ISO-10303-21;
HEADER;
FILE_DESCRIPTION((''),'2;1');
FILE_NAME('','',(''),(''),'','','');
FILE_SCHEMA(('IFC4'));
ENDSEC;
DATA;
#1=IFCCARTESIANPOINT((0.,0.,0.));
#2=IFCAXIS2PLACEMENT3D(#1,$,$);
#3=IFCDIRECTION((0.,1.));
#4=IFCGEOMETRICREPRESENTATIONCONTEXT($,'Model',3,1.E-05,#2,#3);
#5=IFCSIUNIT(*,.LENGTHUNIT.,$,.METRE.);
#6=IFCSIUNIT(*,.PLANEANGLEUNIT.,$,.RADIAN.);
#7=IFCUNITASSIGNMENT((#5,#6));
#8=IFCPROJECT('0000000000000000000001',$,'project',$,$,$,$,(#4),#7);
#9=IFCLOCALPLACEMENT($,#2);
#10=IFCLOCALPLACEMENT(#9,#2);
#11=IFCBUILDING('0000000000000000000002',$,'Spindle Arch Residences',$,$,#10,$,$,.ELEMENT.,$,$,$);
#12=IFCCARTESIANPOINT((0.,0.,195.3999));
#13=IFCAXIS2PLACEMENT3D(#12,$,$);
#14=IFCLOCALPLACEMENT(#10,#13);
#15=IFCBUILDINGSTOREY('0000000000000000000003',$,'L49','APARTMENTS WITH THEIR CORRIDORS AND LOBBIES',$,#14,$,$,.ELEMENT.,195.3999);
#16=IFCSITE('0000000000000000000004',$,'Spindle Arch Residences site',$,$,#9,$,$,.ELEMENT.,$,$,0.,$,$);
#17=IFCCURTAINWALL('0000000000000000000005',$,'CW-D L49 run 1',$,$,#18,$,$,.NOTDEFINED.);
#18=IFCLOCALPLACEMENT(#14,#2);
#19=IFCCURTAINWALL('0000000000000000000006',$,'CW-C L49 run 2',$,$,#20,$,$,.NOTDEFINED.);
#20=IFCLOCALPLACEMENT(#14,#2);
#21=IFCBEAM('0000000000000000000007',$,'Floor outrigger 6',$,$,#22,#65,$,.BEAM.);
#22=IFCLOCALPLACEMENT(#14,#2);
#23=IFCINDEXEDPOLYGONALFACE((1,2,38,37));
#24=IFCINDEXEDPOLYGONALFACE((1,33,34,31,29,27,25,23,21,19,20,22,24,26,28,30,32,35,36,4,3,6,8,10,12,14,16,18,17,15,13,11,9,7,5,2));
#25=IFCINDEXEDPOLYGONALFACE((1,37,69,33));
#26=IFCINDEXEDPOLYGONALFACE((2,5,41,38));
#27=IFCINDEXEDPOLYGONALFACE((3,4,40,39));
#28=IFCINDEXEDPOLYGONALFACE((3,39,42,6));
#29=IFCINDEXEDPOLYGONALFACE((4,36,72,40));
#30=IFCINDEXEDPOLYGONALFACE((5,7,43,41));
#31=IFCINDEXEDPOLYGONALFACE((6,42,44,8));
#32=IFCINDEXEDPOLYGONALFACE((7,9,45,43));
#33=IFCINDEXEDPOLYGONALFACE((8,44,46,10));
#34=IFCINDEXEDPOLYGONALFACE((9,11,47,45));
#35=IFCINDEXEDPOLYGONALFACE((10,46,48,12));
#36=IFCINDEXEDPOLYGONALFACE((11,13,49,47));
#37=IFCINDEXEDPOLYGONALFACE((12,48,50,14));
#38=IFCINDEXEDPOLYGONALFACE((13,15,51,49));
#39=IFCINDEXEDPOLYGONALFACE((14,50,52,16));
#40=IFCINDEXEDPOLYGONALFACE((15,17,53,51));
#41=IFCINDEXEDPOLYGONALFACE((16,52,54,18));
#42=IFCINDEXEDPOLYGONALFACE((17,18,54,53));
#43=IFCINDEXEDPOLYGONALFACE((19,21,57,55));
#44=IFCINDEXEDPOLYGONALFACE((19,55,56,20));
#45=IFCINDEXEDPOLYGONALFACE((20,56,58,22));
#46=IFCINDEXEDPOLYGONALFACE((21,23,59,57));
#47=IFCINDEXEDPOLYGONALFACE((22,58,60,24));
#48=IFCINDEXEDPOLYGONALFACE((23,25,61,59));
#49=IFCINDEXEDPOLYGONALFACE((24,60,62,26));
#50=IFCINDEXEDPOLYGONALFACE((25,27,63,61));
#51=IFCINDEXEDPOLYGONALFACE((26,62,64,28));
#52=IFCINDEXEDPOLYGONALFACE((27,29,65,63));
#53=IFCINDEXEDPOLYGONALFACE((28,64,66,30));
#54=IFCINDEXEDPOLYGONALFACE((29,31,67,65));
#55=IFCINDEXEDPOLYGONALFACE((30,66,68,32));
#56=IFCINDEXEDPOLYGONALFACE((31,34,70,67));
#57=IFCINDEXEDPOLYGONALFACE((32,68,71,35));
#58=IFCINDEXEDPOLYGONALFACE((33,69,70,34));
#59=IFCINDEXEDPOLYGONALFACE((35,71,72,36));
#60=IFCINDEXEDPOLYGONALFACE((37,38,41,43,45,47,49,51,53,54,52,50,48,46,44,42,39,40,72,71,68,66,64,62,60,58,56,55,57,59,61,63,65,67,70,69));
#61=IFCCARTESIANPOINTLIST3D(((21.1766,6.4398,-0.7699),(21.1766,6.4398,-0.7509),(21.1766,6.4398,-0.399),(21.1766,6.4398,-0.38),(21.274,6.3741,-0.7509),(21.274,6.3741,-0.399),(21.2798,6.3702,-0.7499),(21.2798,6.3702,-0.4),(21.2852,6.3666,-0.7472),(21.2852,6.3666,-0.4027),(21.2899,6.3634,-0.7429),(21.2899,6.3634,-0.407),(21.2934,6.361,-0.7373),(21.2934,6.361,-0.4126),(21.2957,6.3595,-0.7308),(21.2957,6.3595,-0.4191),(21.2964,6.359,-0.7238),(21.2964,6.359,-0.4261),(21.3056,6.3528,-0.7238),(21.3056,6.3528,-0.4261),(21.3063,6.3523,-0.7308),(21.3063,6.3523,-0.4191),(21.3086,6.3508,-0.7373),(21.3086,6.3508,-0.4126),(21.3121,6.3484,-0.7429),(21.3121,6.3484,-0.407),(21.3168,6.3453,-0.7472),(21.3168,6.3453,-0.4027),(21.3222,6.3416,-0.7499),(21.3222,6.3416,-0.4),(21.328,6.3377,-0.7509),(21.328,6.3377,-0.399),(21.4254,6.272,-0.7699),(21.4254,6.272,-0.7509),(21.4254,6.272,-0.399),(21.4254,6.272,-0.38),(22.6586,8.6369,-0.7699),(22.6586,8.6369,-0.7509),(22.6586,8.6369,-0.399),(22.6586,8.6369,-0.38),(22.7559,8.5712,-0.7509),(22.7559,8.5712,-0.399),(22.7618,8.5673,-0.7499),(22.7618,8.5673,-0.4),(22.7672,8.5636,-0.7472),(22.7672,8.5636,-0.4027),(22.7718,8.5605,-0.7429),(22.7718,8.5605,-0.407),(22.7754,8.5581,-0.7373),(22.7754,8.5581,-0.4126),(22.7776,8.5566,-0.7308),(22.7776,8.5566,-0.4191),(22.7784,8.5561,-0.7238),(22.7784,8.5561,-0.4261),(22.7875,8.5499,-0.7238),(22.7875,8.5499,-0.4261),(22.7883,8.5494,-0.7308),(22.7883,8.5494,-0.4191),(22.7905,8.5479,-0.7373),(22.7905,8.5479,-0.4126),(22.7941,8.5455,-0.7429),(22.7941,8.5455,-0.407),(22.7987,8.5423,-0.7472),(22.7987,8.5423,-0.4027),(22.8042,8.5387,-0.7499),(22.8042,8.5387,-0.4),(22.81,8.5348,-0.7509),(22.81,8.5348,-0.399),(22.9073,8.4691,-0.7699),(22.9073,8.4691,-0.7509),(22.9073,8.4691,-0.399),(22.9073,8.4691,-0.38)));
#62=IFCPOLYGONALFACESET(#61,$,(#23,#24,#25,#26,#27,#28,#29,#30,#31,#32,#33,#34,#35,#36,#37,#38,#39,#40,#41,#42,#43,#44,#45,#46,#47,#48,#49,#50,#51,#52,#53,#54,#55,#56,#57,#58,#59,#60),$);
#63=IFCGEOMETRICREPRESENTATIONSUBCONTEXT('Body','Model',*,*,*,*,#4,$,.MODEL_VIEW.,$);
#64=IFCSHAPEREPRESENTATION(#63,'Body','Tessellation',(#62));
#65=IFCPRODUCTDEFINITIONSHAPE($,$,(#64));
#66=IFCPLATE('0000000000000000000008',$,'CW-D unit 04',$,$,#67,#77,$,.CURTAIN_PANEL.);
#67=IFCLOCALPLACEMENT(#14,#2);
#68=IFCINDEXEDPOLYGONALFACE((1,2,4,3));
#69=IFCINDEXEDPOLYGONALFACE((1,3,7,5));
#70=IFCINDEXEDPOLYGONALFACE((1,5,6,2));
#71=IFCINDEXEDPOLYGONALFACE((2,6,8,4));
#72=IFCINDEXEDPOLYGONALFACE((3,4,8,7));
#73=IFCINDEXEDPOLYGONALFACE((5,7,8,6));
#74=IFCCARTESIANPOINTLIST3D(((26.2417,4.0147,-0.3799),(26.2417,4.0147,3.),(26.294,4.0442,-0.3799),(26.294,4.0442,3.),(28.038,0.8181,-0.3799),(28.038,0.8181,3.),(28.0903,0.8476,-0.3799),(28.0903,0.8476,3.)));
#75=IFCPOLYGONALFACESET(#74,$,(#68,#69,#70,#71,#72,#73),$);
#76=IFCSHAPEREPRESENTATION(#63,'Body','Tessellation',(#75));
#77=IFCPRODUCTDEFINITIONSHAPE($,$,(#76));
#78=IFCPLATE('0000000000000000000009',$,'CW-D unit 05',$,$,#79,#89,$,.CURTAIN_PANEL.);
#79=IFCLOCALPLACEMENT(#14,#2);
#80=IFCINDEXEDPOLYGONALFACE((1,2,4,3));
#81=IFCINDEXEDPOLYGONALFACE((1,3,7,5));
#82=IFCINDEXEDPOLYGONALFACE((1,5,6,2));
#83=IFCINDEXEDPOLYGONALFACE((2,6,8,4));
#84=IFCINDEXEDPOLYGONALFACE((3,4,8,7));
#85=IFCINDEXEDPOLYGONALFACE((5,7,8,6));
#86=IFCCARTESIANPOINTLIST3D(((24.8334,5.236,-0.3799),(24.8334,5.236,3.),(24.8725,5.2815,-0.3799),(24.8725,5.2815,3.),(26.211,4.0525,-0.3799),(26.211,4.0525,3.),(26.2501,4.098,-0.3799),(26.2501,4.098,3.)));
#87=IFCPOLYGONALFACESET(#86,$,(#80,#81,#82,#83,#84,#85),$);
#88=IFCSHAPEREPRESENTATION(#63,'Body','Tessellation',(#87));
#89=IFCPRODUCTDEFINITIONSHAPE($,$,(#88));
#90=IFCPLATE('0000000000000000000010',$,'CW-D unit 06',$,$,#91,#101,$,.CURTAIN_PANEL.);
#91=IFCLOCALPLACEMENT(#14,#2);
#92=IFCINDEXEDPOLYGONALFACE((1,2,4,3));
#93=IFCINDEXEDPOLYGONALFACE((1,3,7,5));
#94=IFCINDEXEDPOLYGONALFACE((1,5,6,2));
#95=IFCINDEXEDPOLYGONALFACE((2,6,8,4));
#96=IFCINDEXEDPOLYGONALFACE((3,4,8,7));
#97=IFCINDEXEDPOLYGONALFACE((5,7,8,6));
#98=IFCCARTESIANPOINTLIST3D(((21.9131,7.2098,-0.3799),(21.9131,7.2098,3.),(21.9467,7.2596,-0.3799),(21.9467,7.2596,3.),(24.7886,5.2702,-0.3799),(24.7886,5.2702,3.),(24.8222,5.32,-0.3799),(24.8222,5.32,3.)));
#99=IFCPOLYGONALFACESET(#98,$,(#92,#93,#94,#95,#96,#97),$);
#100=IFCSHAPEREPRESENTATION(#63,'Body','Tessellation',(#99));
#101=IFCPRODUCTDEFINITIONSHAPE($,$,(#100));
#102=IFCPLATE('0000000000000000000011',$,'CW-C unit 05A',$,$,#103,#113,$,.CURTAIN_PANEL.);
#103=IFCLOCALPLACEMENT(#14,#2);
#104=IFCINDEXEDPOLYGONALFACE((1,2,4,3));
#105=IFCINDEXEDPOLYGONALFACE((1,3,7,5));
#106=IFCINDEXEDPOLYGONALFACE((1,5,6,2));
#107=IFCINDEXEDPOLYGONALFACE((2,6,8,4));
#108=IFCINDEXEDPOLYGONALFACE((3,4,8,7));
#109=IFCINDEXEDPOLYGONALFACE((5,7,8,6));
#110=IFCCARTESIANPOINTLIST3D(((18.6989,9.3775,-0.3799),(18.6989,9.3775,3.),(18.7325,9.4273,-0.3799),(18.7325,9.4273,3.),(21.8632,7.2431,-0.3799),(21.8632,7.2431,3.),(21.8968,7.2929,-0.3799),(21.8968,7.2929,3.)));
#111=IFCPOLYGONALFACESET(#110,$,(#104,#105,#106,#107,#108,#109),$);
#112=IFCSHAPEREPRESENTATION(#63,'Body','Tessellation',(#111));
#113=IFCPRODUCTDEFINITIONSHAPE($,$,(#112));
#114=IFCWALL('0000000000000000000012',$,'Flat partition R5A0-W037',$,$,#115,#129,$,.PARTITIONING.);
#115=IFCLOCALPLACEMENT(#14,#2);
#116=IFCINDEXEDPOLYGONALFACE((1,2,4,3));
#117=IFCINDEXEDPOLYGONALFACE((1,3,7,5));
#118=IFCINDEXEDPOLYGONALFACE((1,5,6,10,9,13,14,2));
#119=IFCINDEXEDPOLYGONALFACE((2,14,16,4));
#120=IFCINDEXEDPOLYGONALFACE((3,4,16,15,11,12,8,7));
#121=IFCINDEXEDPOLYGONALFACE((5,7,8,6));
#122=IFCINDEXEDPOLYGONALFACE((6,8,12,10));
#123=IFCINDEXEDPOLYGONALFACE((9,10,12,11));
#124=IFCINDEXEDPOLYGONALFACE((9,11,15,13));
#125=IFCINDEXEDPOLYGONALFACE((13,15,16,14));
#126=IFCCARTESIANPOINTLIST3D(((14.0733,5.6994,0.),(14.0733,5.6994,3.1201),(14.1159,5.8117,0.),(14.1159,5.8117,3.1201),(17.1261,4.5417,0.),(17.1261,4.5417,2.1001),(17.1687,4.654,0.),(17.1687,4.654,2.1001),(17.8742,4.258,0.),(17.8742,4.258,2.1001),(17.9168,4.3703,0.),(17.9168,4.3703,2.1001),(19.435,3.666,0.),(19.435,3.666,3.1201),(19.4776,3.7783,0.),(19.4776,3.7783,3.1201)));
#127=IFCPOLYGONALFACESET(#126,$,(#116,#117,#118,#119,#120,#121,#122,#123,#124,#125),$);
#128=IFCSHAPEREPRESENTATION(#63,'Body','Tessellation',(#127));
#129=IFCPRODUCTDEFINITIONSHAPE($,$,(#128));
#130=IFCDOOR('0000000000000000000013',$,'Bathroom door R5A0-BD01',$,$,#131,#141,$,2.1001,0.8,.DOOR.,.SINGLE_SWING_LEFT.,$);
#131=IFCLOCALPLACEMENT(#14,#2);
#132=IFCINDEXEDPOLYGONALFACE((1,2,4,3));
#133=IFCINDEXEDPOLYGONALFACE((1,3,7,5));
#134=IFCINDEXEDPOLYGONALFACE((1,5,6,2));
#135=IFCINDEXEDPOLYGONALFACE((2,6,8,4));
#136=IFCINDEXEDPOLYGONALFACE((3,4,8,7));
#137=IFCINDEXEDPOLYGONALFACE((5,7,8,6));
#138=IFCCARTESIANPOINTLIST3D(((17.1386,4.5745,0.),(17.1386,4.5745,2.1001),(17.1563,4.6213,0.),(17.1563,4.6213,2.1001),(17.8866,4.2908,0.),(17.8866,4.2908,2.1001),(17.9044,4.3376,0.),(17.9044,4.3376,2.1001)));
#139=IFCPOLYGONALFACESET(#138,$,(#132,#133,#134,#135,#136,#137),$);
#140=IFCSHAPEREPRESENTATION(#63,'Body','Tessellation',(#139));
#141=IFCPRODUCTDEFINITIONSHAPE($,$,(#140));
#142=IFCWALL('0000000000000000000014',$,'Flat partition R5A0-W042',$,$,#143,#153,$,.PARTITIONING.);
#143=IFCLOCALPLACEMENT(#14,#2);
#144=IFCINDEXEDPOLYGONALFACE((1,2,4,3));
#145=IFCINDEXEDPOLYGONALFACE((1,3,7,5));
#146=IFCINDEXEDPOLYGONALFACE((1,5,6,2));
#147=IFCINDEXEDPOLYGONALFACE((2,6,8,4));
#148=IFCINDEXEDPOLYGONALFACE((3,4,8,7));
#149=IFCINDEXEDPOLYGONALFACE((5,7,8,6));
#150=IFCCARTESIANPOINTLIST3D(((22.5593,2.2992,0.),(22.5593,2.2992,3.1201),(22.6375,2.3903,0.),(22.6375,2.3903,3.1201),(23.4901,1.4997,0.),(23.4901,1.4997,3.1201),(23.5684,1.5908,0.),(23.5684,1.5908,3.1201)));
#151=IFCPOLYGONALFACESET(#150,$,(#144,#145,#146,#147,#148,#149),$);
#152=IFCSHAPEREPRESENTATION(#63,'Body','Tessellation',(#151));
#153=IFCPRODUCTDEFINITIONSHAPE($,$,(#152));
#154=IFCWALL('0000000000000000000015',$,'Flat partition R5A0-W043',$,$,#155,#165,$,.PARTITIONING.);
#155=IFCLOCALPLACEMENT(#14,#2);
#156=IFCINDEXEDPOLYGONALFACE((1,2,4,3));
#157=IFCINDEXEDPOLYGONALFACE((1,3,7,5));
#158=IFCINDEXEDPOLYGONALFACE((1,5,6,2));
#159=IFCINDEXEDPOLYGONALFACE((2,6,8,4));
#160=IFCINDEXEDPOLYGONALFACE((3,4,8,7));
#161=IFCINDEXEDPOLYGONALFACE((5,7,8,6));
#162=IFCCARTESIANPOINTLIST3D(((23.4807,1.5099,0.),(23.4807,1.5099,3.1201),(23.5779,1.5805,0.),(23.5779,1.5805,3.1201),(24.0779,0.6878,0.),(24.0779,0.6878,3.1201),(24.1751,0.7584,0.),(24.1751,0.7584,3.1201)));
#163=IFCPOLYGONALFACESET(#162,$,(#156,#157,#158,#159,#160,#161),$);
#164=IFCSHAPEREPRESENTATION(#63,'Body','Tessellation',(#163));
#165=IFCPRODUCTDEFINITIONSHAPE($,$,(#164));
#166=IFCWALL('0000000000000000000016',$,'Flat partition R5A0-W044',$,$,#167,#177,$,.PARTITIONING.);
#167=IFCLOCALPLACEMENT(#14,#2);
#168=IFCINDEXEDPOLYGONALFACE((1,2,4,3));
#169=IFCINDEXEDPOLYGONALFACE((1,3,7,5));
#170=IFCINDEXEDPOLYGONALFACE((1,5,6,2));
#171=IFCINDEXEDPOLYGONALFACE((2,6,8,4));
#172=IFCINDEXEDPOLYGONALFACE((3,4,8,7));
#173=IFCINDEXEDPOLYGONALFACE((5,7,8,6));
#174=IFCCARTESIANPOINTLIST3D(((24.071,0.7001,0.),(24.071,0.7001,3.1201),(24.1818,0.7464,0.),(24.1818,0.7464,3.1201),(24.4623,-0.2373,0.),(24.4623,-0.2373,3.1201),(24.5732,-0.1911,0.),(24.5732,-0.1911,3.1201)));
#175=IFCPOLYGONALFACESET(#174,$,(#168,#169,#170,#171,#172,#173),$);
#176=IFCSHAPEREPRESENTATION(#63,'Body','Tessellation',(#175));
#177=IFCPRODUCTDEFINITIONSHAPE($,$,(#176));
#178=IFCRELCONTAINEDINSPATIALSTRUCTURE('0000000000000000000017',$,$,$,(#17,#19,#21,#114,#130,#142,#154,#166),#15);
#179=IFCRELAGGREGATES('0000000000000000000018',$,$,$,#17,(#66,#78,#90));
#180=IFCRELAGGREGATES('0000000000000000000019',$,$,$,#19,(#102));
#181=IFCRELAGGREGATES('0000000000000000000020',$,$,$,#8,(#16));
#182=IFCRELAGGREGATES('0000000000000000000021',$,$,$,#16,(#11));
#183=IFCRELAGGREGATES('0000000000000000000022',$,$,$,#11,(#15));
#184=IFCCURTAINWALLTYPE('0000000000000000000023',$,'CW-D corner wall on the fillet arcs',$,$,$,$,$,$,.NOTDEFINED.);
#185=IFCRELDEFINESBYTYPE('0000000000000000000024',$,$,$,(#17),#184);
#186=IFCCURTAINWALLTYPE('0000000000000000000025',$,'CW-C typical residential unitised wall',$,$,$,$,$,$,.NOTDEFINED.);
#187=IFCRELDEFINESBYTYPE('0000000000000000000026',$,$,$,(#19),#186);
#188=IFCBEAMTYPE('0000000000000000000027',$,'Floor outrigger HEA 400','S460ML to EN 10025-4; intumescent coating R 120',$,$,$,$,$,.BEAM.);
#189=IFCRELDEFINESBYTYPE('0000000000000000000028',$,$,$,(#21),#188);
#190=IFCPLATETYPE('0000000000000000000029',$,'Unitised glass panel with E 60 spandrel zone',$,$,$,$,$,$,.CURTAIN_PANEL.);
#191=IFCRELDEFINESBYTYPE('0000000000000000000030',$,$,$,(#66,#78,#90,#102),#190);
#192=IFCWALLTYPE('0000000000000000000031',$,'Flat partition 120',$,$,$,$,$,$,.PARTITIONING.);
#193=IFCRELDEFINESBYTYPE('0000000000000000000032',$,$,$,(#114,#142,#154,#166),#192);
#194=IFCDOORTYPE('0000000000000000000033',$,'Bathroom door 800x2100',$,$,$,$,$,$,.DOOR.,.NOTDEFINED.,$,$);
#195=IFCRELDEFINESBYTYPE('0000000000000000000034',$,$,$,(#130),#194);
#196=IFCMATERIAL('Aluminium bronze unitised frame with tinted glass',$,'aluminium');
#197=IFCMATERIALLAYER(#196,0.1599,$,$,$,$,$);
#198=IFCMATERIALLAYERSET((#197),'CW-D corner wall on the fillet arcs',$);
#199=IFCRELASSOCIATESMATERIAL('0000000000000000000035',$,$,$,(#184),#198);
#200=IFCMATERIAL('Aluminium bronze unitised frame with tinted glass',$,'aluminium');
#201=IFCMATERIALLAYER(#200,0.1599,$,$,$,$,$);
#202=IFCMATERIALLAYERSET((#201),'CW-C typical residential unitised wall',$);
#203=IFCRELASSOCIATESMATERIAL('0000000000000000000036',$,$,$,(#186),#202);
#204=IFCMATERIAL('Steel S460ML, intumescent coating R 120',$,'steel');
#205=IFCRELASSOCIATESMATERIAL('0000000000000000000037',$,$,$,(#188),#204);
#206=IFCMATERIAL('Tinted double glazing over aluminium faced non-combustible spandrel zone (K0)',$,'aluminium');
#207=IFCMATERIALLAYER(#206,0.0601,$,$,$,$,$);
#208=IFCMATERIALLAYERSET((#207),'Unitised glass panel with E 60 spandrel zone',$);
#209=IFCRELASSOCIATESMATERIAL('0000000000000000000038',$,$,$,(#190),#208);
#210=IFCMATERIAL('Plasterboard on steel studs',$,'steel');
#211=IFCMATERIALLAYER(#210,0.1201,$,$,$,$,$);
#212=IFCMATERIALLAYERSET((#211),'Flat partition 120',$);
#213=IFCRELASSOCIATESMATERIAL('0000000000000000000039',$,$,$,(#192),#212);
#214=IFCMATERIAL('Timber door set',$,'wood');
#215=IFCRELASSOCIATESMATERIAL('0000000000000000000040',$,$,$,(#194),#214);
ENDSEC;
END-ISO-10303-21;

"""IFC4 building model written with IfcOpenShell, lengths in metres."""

from ifc_helpers import new_model, si_unit, direction, frame, frame_2d, origin, origin_2d, place, context, subcontext, project, spatial, rectangle, i_section, extrude, material, layer, layer_set, material_profile, profile_set, type_object, element, fill, aggregate, save


model = new_model("IFC4")

# Units and contexts
model_context = context("Model", 3, precision=1e-05, world=origin(), true_north=direction((0.0, 1.0)))
body_context = subcontext(model_context, "Body", "Model", "MODEL_VIEW")
ifc_project = project(units=[si_unit("LENGTHUNIT", "METRE"), si_unit("PLANEANGLEUNIT", "RADIAN")], contexts=[model_context])

# Site, building, storey
site_placement = place(None, origin())
site = spatial("IfcSite", under=ifc_project, at=site_placement, Name="Spindle Arch Residences site", CompositionType="ELEMENT", RefElevation=0.0)
building_placement = place(site_placement, origin())
building = spatial("IfcBuilding", under=site, at=building_placement, Name="Spindle Arch Residences", CompositionType="ELEMENT")
storey_placement = place(building_placement, frame((0.0, 0.0, 195.3999)))
storey = spatial("IfcBuildingStorey", under=building, at=storey_placement, Name="L49", Description="APARTMENTS WITH THEIR CORRIDORS AND LOBBIES", CompositionType="ELEMENT", Elevation=195.3999)

# Curtain wall
ifc_material_1 = material(Name="Aluminium bronze unitised frame with tinted glass", Category="aluminium")
ifc_layer_1 = layer(ifc_material_1, 0.1599)
ifc_layer_set_1 = layer_set([ifc_layer_1], Name="CW-D corner wall on the fillet arcs")
curtain_wall_type_1 = type_object("IfcCurtainWallType", Name="CW-D corner wall on the fillet arcs", PredefinedType="NOTDEFINED", material=ifc_layer_set_1)
curtain_wall_1_placement = place(storey_placement, origin())
curtain_wall_1 = element("IfcCurtainWall", 1, at=curtain_wall_1_placement, inside=storey, type_object=curtain_wall_type_1, Name="CW-D L49 run 1", PredefinedType="NOTDEFINED")

# Curtain wall
ifc_material_2 = material(Name="Aluminium bronze unitised frame with tinted glass", Category="aluminium")
ifc_layer_2 = layer(ifc_material_2, 0.1599)
ifc_layer_set_2 = layer_set([ifc_layer_2], Name="CW-C typical residential unitised wall")
curtain_wall_type_2 = type_object("IfcCurtainWallType", Name="CW-C typical residential unitised wall", PredefinedType="NOTDEFINED", material=ifc_layer_set_2)
curtain_wall_2_placement = place(storey_placement, origin())
curtain_wall_2 = element("IfcCurtainWall", 2, at=curtain_wall_2_placement, inside=storey, type_object=curtain_wall_type_2, Name="CW-C L49 run 2", PredefinedType="NOTDEFINED")

# Beam
ifc_material_3 = material(Name="Steel S460ML, intumescent coating R 120", Category="steel")
ifc_material_profile_1 = material_profile(ifc_material_3, i_section(OverallWidth=0.3, OverallDepth=0.3899, WebThickness=0.011, FlangeThickness=0.019, FilletRadius=0.0271, at=origin_2d()), Name="HEA 400")
ifc_profile_set_1 = profile_set([ifc_material_profile_1], Name="Steel S460ML, intumescent coating R 120")
beam_type_1 = type_object("IfcBeamType", Name="Floor outrigger HEA 400", Description="S460ML to EN 10025-4; intumescent coating R 120", PredefinedType="BEAM", material=ifc_profile_set_1)
beam_1_placement = place(storey_placement, frame((22.783, 8.553, -0.575), z_axis=(-0.559199, -0.829033, 0.0), x_axis=(0.829033, -0.559199, 0.0)))
element("IfcBeam", 3, at=beam_1_placement, inside=storey, type_object=beam_type_1, Name="Floor outrigger 6", PredefinedType="BEAM", context=body_context, shape_type="SweptSolid", body=[
    extrude(i_section(OverallWidth=0.3, OverallDepth=0.3899, WebThickness=0.011, FlangeThickness=0.019, FilletRadius=0.0271, at=origin_2d()), origin(), (0.0, 0.0, 1.0), 2.6501),
])

# Plates
ifc_material_4 = material(Name="Tinted double glazing over aluminium faced non-combustible spandrel zone (K0)", Category="aluminium")
ifc_layer_3 = layer(ifc_material_4, 0.0601)
ifc_layer_set_3 = layer_set([ifc_layer_3], Name="Unitised glass panel with E 60 spandrel zone")
plate_type = type_object("IfcPlateType", Name="Unitised glass panel with E 60 spandrel zone", PredefinedType="CURTAIN_PANEL", material=ifc_layer_set_3)
plate_1_placement = place(storey_placement, frame((27.166, 2.4312, -0.3799), z_axis=(0.0, 0.0, 1.0), x_axis=(-0.48989, 0.871784, 0.0)))
plate_1 = element("IfcPlate", 4, at=plate_1_placement, type_object=plate_type, Name="CW-D unit 04", PredefinedType="CURTAIN_PANEL", context=body_context, shape_type="SweptSolid", body=[
    extrude(rectangle(XDim=3.6667, YDim=0.0601, at=origin_2d()), origin(), (0.0, 0.0, 1.0), 3.3799),
])
plate_2_placement = place(storey_placement, frame((25.5417, 4.667, -0.3799), z_axis=(0.0, 0.0, 1.0), x_axis=(-0.758514, 0.651657, 0.0)))
plate_2 = element("IfcPlate", 5, at=plate_2_placement, type_object=plate_type, Name="CW-D unit 05", PredefinedType="CURTAIN_PANEL", context=body_context, shape_type="SweptSolid", body=[
    extrude(rectangle(XDim=1.8162, YDim=0.0601, at=origin_2d()), origin(), (0.0, 0.0, 1.0), 3.3799),
])
plate_3_placement = place(storey_placement, frame((23.3677, 6.2649, -0.3799), z_axis=(0.0, 0.0, 1.0), x_axis=(-0.829038, 0.559193, 0.0)))
plate_3 = element("IfcPlate", 6, at=plate_3_placement, type_object=plate_type, Name="CW-D unit 06", PredefinedType="CURTAIN_PANEL", context=body_context, shape_type="SweptSolid", body=[
    extrude(rectangle(XDim=3.4685, YDim=0.0601, at=origin_2d()), origin(), (0.0, 0.0, 1.0), 3.3799),
])
aggregate(curtain_wall_1, [plate_1, plate_2, plate_3])
plate_4_placement = place(storey_placement, frame((20.2979, 8.3352, -0.3799), z_axis=(0.0, 0.0, 1.0), x_axis=(-0.829038, 0.559193, 0.0)))
plate_4 = element("IfcPlate", 7, at=plate_4_placement, type_object=plate_type, Name="CW-C unit 05A", PredefinedType="CURTAIN_PANEL", context=body_context, shape_type="SweptSolid", body=[
    extrude(rectangle(XDim=3.8169, YDim=0.0601, at=origin_2d()), origin(), (0.0, 0.0, 1.0), 3.3799),
])
aggregate(curtain_wall_2, [plate_4])

# Wall, opening, door
ifc_material_5 = material(Name="Plasterboard on steel studs", Category="steel")
ifc_layer_4 = layer(ifc_material_5, 0.1201)
ifc_layer_set_4 = layer_set([ifc_layer_4], Name="Flat partition 120")
wall_type = type_object("IfcWallType", Name="Flat partition 120", PredefinedType="PARTITIONING", material=ifc_layer_set_4)
wall_1_placement = place(storey_placement, frame((19.4563, 3.7222, 0.0), z_axis=(0.0, 0.0, 1.0), x_axis=(-0.935017, 0.354602, 0.0)))
wall_1 = element("IfcWall", 8, at=wall_1_placement, inside=storey, type_object=wall_type, Name="Flat partition R5A0-W037", PredefinedType="PARTITIONING", context=body_context, shape_type="SweptSolid", body=[
    extrude(rectangle(XDim=5.7344, YDim=0.1201, at=frame_2d((2.8672, 0.0))), origin(), (0.0, 0.0, 1.0), 3.1201),
])
opening_1_placement = place(wall_1_placement, frame((1.6694, 0.0, 0.0)))
opening_1 = element("IfcOpeningElement", 9, at=opening_1_placement, cuts=wall_1, PredefinedType="OPENING", context=body_context, shape_type="SweptSolid", body=[
    extrude(rectangle(XDim=0.8, YDim=2.1001, at=frame_2d((0.3999, 1.05))), frame((0.0, 0.0701, 0.0), z_axis=(0.0, -1.0, 0.0), x_axis=(1.0, 0.0, 0.0)), (0.0, 0.0, 1.0), 0.1401),
])
ifc_material_6 = material(Name="Timber door set", Category="wood")
door_type_1 = type_object("IfcDoorType", Name="Bathroom door 800x2100", OperationType="NOTDEFINED", PredefinedType="DOOR", material=ifc_material_6)
door_1_placement = place(opening_1_placement, origin())
door_1 = element("IfcDoor", 10, at=door_1_placement, inside=storey, type_object=door_type_1, Name="Bathroom door R5A0-BD01", OperationType="SINGLE_SWING_LEFT", OverallHeight=2.1001, OverallWidth=0.8, PredefinedType="DOOR", context=body_context, shape_type="SweptSolid", body=[
    extrude(rectangle(XDim=0.8, YDim=2.1001, at=frame_2d((0.3999, 1.05))), frame((0.0, 0.0249, 0.0), z_axis=(0.0, -1.0, 0.0), x_axis=(1.0, 0.0, 0.0)), (0.0, 0.0, 1.0), 0.05),
])
fill(opening_1, door_1)

# Walls
wall_2_placement = place(storey_placement, frame((22.5984, 2.3447, 0.0), z_axis=(0.0, 0.0, 1.0), x_axis=(0.758596, -0.651561, 0.0)))
element("IfcWall", 11, at=wall_2_placement, inside=storey, type_object=wall_type, Name="Flat partition R5A0-W042", PredefinedType="PARTITIONING", context=body_context, shape_type="SweptSolid", body=[
    extrude(rectangle(XDim=1.2271, YDim=0.1201, at=frame_2d((0.6135, 0.0))), origin(), (0.0, 0.0, 1.0), 3.1201),
])
wall_3_placement = place(storey_placement, frame((23.5293, 1.5452, 0.0), z_axis=(0.0, 0.0, 1.0), x_axis=(0.587743, -0.809048, 0.0)))
element("IfcWall", 12, at=wall_3_placement, inside=storey, type_object=wall_type, Name="Flat partition R5A0-W043", PredefinedType="PARTITIONING", context=body_context, shape_type="SweptSolid", body=[
    extrude(rectangle(XDim=1.0161, YDim=0.1201, at=frame_2d((0.5081, 0.0))), origin(), (0.0, 0.0, 1.0), 3.1201),
])
wall_4_placement = place(storey_placement, frame((24.1265, 0.7231, 0.0), z_axis=(0.0, 0.0, 1.0), x_axis=(0.38523, -0.922821, 0.0)))
element("IfcWall", 13, at=wall_4_placement, inside=storey, type_object=wall_type, Name="Flat partition R5A0-W044", PredefinedType="PARTITIONING", context=body_context, shape_type="SweptSolid", body=[
    extrude(rectangle(XDim=1.0159, YDim=0.1201, at=frame_2d((0.5078, 0.0))), origin(), (0.0, 0.0, 1.0), 3.1201),
])

save(model, "model.ifc")
